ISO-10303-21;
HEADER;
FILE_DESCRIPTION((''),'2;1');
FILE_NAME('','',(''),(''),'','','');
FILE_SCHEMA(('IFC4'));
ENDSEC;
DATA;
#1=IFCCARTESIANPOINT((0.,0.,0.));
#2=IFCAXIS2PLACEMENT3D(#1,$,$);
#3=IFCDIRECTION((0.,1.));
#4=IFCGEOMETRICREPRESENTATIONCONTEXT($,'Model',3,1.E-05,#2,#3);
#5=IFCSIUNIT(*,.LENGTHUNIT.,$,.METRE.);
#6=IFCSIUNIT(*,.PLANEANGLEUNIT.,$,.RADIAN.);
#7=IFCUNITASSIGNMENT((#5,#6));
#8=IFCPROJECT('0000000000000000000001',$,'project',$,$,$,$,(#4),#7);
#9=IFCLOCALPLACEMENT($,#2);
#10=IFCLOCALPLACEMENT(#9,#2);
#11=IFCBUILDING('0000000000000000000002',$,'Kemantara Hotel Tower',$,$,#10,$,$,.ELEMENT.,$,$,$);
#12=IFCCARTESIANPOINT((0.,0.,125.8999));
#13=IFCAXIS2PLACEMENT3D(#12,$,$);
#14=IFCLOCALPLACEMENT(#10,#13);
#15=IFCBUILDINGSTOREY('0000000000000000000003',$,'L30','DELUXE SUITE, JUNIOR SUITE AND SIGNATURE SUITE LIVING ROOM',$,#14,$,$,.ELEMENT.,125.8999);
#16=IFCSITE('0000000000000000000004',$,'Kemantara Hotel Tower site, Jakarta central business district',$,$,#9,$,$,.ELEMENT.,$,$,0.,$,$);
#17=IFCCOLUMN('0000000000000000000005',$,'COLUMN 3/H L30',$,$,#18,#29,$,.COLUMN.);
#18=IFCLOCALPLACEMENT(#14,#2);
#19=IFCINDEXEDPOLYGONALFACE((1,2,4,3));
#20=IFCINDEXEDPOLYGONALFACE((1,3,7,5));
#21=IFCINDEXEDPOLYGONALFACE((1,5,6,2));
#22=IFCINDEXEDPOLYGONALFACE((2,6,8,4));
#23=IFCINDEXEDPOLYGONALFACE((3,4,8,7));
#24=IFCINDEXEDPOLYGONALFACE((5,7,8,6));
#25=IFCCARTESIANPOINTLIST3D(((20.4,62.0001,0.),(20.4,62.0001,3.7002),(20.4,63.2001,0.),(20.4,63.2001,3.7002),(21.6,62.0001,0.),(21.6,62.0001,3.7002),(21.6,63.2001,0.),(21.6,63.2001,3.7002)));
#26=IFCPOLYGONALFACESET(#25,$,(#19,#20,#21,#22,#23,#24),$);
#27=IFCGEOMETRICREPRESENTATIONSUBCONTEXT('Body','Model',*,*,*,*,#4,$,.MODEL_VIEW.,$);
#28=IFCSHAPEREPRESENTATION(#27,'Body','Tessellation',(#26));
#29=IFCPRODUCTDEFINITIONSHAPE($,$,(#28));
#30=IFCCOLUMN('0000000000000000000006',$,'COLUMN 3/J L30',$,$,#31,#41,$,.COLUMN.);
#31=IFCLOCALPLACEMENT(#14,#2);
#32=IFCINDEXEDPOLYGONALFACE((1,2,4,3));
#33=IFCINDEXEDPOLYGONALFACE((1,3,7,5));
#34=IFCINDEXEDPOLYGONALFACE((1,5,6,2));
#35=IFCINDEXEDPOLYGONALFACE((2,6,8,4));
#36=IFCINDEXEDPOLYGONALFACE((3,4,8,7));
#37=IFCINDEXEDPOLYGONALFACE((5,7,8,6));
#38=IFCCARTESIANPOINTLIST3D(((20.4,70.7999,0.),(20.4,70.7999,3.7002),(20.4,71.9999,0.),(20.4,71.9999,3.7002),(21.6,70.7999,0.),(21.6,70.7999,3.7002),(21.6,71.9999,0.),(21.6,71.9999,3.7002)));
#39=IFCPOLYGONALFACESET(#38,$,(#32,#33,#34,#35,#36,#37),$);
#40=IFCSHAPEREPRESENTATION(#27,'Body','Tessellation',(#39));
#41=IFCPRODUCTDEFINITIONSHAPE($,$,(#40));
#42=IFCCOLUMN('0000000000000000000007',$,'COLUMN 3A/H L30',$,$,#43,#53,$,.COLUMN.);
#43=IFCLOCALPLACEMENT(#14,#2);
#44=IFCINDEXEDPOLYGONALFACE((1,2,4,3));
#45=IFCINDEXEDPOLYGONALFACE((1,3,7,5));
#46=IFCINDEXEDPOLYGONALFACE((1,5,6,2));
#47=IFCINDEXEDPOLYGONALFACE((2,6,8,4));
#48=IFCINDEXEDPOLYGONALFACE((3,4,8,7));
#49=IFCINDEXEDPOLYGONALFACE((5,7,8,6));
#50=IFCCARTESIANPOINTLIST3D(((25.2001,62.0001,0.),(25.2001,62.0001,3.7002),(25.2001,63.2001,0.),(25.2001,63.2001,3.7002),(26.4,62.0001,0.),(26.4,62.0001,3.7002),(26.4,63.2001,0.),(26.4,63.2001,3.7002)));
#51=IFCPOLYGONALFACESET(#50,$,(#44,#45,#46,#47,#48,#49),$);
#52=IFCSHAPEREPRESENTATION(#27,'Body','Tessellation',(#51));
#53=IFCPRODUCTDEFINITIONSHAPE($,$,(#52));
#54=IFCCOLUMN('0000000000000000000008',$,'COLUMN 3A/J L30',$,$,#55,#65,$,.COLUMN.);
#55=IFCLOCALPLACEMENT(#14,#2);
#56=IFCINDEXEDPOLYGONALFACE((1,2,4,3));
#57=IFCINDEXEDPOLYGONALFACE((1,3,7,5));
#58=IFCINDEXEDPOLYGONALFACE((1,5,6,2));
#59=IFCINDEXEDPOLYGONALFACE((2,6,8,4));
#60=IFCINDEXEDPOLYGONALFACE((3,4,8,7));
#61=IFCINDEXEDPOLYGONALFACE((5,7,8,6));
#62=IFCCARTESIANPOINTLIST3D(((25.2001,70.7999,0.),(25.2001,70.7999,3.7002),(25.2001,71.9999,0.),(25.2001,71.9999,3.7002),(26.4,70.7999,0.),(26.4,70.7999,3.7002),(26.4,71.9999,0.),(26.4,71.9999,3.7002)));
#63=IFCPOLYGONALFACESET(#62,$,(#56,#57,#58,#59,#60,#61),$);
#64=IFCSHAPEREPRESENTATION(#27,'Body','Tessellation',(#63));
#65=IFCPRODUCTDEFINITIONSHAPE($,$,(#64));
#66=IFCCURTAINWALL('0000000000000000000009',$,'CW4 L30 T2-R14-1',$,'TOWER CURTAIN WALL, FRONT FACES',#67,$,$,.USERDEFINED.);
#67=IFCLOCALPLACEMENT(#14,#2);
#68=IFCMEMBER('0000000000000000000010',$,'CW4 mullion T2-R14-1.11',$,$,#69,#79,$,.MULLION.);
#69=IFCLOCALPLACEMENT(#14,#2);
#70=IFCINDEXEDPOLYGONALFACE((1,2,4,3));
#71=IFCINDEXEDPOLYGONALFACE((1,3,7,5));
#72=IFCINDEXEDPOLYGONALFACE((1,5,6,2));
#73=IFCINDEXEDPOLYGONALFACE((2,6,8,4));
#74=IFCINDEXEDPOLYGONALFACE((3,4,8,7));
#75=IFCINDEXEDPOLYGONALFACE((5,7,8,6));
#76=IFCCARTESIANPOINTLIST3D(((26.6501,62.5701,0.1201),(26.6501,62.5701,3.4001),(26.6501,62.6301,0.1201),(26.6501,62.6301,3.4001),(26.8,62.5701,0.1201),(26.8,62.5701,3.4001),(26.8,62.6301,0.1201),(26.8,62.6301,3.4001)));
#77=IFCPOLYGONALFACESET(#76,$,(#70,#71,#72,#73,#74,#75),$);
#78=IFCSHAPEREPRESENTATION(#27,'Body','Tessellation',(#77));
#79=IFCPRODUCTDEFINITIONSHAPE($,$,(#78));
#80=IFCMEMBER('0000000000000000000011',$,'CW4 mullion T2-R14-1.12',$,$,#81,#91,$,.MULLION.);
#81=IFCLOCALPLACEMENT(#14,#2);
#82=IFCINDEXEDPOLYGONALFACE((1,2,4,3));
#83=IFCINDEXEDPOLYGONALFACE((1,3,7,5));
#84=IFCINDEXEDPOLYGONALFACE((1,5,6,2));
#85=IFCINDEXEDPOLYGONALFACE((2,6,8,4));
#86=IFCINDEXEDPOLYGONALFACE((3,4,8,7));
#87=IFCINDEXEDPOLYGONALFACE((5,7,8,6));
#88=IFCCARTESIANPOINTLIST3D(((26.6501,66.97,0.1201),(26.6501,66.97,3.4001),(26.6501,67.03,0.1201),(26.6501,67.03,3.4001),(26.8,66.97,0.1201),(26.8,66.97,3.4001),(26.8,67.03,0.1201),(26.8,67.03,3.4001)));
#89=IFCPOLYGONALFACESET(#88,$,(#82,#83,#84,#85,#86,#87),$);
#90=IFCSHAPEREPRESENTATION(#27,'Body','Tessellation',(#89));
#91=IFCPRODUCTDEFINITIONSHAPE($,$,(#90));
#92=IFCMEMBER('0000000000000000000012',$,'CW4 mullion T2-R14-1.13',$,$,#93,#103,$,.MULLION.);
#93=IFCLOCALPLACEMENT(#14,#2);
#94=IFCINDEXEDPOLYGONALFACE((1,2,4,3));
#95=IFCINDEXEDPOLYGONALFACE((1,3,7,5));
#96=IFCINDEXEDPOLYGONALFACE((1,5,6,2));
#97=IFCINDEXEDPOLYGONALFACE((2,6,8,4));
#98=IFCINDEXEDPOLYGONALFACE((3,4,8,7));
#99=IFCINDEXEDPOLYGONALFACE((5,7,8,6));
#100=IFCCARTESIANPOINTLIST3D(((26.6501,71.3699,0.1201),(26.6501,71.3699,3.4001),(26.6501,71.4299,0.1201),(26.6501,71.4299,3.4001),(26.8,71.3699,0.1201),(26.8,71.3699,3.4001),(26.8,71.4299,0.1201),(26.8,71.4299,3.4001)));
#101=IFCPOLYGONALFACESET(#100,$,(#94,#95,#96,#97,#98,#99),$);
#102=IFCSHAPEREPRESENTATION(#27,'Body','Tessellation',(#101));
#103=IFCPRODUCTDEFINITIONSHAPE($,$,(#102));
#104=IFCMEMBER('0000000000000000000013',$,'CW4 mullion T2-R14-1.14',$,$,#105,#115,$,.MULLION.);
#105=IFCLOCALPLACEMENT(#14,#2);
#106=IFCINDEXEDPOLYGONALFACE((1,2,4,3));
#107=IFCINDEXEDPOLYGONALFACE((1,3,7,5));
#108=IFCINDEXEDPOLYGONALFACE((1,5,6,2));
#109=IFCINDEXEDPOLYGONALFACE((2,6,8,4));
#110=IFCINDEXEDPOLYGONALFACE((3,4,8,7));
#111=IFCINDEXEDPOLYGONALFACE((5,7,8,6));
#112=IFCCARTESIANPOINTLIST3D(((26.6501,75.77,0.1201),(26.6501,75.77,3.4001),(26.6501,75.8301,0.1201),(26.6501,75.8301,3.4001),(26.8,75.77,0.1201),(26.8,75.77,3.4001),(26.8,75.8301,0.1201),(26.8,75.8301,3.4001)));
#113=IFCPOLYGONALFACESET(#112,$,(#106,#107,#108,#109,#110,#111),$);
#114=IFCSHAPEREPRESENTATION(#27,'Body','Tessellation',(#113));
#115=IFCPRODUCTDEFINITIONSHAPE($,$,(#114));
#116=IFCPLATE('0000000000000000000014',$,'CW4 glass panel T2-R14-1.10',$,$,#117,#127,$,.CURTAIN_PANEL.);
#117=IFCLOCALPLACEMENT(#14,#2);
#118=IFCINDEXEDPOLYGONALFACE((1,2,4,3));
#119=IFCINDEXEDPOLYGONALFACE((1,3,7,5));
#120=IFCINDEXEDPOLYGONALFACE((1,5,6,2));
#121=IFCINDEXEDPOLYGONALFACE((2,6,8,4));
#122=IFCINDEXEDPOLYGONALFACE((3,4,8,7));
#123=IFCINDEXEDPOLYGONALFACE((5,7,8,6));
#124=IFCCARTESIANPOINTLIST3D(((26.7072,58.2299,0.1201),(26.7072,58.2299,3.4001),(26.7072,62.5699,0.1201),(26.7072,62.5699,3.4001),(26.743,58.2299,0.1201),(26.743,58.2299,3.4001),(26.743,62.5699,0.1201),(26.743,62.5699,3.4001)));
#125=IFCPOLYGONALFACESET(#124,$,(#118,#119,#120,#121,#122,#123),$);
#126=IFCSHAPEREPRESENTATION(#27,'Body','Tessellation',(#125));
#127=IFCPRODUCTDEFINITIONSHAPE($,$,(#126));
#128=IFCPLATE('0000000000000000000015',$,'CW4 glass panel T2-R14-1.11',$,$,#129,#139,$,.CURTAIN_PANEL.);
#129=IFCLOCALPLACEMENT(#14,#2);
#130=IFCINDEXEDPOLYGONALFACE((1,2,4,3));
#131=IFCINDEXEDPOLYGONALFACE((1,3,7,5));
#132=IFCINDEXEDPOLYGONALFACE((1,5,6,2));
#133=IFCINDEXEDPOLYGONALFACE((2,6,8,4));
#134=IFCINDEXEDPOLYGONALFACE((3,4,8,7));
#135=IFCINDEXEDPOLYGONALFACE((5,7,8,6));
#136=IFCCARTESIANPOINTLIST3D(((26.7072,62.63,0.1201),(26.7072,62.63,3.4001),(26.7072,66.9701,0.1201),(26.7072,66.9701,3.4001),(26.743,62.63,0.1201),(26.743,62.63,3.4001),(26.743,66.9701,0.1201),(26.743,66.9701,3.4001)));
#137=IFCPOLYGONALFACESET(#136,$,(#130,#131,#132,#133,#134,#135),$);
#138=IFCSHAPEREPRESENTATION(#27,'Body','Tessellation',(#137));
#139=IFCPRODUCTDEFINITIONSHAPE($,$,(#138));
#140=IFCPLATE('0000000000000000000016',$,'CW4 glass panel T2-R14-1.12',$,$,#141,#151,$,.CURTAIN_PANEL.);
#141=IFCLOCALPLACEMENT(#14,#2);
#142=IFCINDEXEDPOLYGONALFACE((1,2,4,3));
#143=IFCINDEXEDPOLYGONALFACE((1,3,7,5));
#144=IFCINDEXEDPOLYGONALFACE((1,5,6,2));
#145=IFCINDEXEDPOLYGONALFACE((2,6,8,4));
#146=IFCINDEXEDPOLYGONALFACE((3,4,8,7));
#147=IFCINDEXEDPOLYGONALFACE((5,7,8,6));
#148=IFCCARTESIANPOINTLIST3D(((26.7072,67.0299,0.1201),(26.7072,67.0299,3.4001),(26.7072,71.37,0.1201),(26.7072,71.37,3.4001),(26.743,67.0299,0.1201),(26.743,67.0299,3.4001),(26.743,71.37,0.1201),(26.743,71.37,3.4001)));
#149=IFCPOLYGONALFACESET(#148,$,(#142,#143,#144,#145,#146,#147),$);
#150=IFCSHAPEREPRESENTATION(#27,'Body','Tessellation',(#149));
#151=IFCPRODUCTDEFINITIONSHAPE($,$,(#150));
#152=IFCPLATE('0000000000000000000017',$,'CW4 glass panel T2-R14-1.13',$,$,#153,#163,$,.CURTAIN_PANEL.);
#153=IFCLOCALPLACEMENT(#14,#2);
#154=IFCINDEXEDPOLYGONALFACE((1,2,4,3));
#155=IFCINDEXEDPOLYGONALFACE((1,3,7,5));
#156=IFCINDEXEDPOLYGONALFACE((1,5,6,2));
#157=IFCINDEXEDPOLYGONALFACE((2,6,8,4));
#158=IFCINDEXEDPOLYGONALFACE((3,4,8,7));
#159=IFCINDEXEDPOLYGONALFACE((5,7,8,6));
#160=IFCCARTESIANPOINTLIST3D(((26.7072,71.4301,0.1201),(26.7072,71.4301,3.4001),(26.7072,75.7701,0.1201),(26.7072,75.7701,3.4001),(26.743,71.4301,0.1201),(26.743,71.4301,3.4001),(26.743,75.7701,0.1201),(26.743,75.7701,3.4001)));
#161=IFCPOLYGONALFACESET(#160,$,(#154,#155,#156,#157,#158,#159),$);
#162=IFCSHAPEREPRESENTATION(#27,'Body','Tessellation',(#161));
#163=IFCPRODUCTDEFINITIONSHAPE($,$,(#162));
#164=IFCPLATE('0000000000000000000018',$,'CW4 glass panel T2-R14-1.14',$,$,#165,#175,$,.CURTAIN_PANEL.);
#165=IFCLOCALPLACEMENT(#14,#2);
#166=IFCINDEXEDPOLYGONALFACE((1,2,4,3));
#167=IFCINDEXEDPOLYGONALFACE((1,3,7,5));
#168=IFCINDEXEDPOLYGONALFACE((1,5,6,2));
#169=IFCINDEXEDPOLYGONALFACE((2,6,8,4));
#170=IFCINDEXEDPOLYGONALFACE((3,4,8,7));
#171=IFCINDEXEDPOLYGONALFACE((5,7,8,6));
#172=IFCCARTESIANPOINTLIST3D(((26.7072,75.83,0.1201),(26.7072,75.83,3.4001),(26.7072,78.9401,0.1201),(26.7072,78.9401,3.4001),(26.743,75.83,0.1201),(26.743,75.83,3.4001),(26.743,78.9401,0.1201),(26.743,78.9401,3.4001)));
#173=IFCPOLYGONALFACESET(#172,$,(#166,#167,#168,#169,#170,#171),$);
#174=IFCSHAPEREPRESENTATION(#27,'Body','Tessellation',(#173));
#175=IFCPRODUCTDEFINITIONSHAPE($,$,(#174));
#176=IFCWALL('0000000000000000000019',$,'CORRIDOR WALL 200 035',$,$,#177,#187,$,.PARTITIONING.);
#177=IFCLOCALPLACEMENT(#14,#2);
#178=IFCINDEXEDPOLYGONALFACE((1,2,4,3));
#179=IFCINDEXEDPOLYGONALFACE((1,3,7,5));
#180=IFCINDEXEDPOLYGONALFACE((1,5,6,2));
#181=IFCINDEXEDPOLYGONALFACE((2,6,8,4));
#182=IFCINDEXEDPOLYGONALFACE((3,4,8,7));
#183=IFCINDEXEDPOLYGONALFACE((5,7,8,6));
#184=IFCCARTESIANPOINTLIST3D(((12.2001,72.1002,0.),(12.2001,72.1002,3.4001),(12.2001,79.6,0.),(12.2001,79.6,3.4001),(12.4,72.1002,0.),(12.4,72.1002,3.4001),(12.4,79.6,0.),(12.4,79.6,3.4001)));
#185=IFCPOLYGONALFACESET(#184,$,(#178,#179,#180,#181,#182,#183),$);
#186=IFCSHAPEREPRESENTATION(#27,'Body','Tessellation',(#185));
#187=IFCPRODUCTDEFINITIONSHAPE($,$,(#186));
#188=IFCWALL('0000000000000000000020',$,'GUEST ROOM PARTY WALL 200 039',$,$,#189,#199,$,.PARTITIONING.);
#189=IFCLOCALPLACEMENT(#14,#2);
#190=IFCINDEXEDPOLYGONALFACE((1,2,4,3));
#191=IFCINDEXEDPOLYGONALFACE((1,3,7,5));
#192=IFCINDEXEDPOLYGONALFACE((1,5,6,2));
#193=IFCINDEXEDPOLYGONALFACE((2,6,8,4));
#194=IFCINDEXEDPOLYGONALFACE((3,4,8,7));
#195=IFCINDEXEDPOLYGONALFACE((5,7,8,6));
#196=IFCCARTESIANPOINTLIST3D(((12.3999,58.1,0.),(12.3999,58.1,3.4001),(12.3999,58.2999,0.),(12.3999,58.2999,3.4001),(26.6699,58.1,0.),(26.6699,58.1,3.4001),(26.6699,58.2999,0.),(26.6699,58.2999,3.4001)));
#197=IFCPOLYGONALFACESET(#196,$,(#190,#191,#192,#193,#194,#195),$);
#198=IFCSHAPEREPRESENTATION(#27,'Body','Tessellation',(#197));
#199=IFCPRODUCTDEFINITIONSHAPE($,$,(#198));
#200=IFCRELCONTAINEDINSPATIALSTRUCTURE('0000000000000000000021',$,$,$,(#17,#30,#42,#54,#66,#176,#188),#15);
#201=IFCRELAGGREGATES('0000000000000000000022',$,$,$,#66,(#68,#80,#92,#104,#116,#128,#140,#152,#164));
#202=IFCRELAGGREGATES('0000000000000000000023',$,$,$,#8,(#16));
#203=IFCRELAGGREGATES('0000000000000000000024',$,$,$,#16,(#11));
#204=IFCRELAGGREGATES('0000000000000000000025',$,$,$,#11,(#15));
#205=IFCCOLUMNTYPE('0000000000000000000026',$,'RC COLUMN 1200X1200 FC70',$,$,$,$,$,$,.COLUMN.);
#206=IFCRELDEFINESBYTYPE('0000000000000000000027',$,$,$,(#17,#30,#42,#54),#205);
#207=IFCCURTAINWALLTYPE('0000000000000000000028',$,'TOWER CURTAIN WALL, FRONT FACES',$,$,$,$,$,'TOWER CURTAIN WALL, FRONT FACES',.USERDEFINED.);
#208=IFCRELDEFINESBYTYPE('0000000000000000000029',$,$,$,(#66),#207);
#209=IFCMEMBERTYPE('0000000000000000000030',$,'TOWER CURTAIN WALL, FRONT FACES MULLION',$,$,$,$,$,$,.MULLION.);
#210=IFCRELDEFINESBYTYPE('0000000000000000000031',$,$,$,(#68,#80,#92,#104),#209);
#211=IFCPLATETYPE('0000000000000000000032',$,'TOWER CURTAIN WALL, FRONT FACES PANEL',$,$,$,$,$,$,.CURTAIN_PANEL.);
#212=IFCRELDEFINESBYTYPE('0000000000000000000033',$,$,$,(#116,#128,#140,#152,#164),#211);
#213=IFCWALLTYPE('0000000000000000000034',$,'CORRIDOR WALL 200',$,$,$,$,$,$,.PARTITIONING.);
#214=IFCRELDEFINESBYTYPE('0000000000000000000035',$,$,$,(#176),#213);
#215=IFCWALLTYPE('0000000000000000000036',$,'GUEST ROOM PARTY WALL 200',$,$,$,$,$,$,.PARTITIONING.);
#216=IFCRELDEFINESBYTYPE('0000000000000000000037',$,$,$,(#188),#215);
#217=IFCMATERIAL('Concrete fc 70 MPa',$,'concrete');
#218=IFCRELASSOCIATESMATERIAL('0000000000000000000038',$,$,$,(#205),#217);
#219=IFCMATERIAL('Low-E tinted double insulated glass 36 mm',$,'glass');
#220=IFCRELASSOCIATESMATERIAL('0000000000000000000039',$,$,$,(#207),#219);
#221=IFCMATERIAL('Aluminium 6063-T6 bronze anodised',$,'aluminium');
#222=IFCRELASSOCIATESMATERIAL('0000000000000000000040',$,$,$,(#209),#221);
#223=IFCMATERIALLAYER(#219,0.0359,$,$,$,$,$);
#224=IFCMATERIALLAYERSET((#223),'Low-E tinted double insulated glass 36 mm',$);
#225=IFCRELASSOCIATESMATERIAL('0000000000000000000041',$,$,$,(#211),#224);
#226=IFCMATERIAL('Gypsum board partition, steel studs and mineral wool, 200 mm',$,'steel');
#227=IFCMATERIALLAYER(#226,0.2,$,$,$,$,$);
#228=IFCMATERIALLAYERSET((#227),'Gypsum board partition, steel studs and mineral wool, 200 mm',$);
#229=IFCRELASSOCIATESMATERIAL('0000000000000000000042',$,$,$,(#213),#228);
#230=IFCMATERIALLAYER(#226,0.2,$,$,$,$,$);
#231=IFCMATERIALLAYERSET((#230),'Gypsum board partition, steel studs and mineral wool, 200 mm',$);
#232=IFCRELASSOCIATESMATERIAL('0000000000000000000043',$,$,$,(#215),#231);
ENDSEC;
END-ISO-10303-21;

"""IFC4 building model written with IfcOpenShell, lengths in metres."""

from ifc_helpers import new_model, si_unit, direction, frame, frame_2d, origin, origin_2d, place, context, subcontext, project, spatial, rectangle, extrude, source, transform, mapped, material, layer, layer_set, material_profile, profile_set, type_object, element, aggregate, save


model = new_model("IFC4")

# Units and contexts
model_context = context("Model", 3, precision=1e-05, world=origin(), true_north=direction((0.0, 1.0)))
body_context = subcontext(model_context, "Body", "Model", "MODEL_VIEW")
ifc_project = project(units=[si_unit("LENGTHUNIT", "METRE"), si_unit("PLANEANGLEUNIT", "RADIAN")], contexts=[model_context])

# Site, building, storey
site_placement = place(None, origin())
site = spatial("IfcSite", under=ifc_project, at=site_placement, Name="Kemantara Hotel Tower site, Jakarta central business district", CompositionType="ELEMENT", RefElevation=0.0)
building_placement = place(site_placement, origin())
building = spatial("IfcBuilding", under=site, at=building_placement, Name="Kemantara Hotel Tower", CompositionType="ELEMENT")
storey_placement = place(building_placement, frame((0.0, 0.0, 125.8999)))
storey = spatial("IfcBuildingStorey", under=building, at=storey_placement, Name="L30", Description="DELUXE SUITE, JUNIOR SUITE AND SIGNATURE SUITE LIVING ROOM", CompositionType="ELEMENT", Elevation=125.8999)

# Columns
ifc_material_1 = material(Name="Concrete fc 70 MPa", Category="concrete")
ifc_material_profile_1 = material_profile(ifc_material_1, rectangle(XDim=1.2, YDim=1.2, at=origin_2d()), Name="RC 1200X1200")
ifc_profile_set_1 = profile_set([ifc_material_profile_1], Name="Concrete fc 70 MPa")
column_type = type_object("IfcColumnType", Name="RC COLUMN 1200X1200 FC70", PredefinedType="COLUMN", material=ifc_profile_set_1)
for number, where, z_axis, x_axis, name in (
    (1, (21.0, 62.6001, 0.0), (0.0, 0.0, 1.0), (1.0, 0.0, 0.0), "COLUMN 3/H L30"),
    (2, (21.0, 71.3999, 0.0), (0.0, 0.0, 1.0), (1.0, 0.0, 0.0), "COLUMN 3/J L30"),
    (3, (25.8, 62.6001, 0.0), (0.0, 0.0, 1.0), (1.0, 0.0, 0.0), "COLUMN 3A/H L30"),
    (4, (25.8, 71.3999, 0.0), (0.0, 0.0, 1.0), (1.0, 0.0, 0.0), "COLUMN 3A/J L30"),
):
    element("IfcColumn", number, at=place(storey_placement, frame(where, z_axis=z_axis, x_axis=x_axis)), inside=storey, type_object=column_type, Name=name, PredefinedType="COLUMN", context=body_context, shape_type="SweptSolid", body=[
        extrude(rectangle(XDim=1.2, YDim=1.2, at=origin_2d()), origin(), (0.0, 0.0, 1.0), 3.7002),
    ])

# Curtain wall, members, plates
ifc_material_2 = material(Name="Low-E tinted double insulated glass 36 mm", Category="glass")
curtain_wall_type = type_object("IfcCurtainWallType", Name="TOWER CURTAIN WALL, FRONT FACES", ElementType="TOWER CURTAIN WALL, FRONT FACES", PredefinedType="USERDEFINED", material=ifc_material_2)
curtain_wall_placement = place(storey_placement, origin())
curtain_wall = element("IfcCurtainWall", 5, at=curtain_wall_placement, inside=storey, type_object=curtain_wall_type, Name="CW4 L30 T2-R14-1", ObjectType="TOWER CURTAIN WALL, FRONT FACES", PredefinedType="USERDEFINED")
ifc_material_3 = material(Name="Aluminium 6063-T6 bronze anodised", Category="aluminium")
ifc_material_profile_2 = material_profile(ifc_material_3, rectangle(XDim=0.1499, YDim=0.0601, at=origin_2d()), Name="TOWER CURTAIN WALL, FRONT FACES MULLION")
ifc_profile_set_2 = profile_set([ifc_material_profile_2], Name="Aluminium 6063-T6 bronze anodised")
member_type = type_object("IfcMemberType", Name="TOWER CURTAIN WALL, FRONT FACES MULLION", PredefinedType="MULLION", material=ifc_profile_set_2)
shared_shape_1 = source(origin(), body_context, "Body", "SweptSolid", [
    extrude(rectangle(XDim=0.1499, YDim=0.0601, at=origin_2d()), origin(), (0.0, 0.0, 1.0), 3.28),
])
member_1_placement = place(storey_placement, frame((26.7251, 62.6001, 0.1201), z_axis=(0.0, 0.0, 1.0), x_axis=(-1.0, 0.0, 0.0)))
member_1 = element("IfcMember", 6, at=member_1_placement, type_object=member_type, Name="CW4 mullion T2-R14-1.11", PredefinedType="MULLION", context=body_context, shape_type="MappedRepresentation", body=[
    mapped(shared_shape_1, transform((0.0, 0.0, 0.0))),
])
member_2_placement = place(storey_placement, frame((26.7251, 67.0, 0.1201), z_axis=(0.0, 0.0, 1.0), x_axis=(-1.0, 0.0, 0.0)))
member_2 = element("IfcMember", 7, at=member_2_placement, type_object=member_type, Name="CW4 mullion T2-R14-1.12", PredefinedType="MULLION", context=body_context, shape_type="MappedRepresentation", body=[
    mapped(shared_shape_1, transform((0.0, 0.0, 0.0))),
])
member_3_placement = place(storey_placement, frame((26.7251, 71.3999, 0.1201), z_axis=(0.0, 0.0, 1.0), x_axis=(-1.0, 0.0, 0.0)))
member_3 = element("IfcMember", 8, at=member_3_placement, type_object=member_type, Name="CW4 mullion T2-R14-1.13", PredefinedType="MULLION", context=body_context, shape_type="MappedRepresentation", body=[
    mapped(shared_shape_1, transform((0.0, 0.0, 0.0))),
])
member_4_placement = place(storey_placement, frame((26.7251, 75.8, 0.1201), z_axis=(0.0, 0.0, 1.0), x_axis=(-1.0, 0.0, 0.0)))
member_4 = element("IfcMember", 9, at=member_4_placement, type_object=member_type, Name="CW4 mullion T2-R14-1.14", PredefinedType="MULLION", context=body_context, shape_type="MappedRepresentation", body=[
    mapped(shared_shape_1, transform((0.0, 0.0, 0.0))),
])
ifc_layer_1 = layer(ifc_material_2, 0.0359)
ifc_layer_set_1 = layer_set([ifc_layer_1], Name="Low-E tinted double insulated glass 36 mm")
plate_type = type_object("IfcPlateType", Name="TOWER CURTAIN WALL, FRONT FACES PANEL", PredefinedType="CURTAIN_PANEL", material=ifc_layer_set_1)
shared_shape_2 = source(origin(), body_context, "Body", "SweptSolid", [
    extrude(rectangle(XDim=4.3401, YDim=0.0359, at=origin_2d()), origin(), (0.0, 0.0, 1.0), 3.28),
])
plate_1_placement = place(storey_placement, frame((26.7251, 60.3999, 0.1201), z_axis=(0.0, 0.0, 1.0), x_axis=(0.0, 1.0, 0.0)))
plate_1 = element("IfcPlate", 10, at=plate_1_placement, type_object=plate_type, Name="CW4 glass panel T2-R14-1.10", PredefinedType="CURTAIN_PANEL", context=body_context, shape_type="MappedRepresentation", body=[
    mapped(shared_shape_2, transform((0.0, 0.0, 0.0))),
])
plate_2_placement = place(storey_placement, frame((26.7251, 64.8, 0.1201), z_axis=(0.0, 0.0, 1.0), x_axis=(0.0, 1.0, 0.0)))
plate_2 = element("IfcPlate", 11, at=plate_2_placement, type_object=plate_type, Name="CW4 glass panel T2-R14-1.11", PredefinedType="CURTAIN_PANEL", context=body_context, shape_type="MappedRepresentation", body=[
    mapped(shared_shape_2, transform((0.0, 0.0, 0.0))),
])
plate_3_placement = place(storey_placement, frame((26.7251, 69.2, 0.1201), z_axis=(0.0, 0.0, 1.0), x_axis=(0.0, 1.0, 0.0)))
plate_3 = element("IfcPlate", 12, at=plate_3_placement, type_object=plate_type, Name="CW4 glass panel T2-R14-1.12", PredefinedType="CURTAIN_PANEL", context=body_context, shape_type="MappedRepresentation", body=[
    mapped(shared_shape_2, transform((0.0, 0.0, 0.0))),
])
plate_4_placement = place(storey_placement, frame((26.7251, 73.6001, 0.1201), z_axis=(0.0, 0.0, 1.0), x_axis=(0.0, 1.0, 0.0)))
plate_4 = element("IfcPlate", 13, at=plate_4_placement, type_object=plate_type, Name="CW4 glass panel T2-R14-1.13", PredefinedType="CURTAIN_PANEL", context=body_context, shape_type="MappedRepresentation", body=[
    mapped(shared_shape_2, transform((0.0, 0.0, 0.0))),
])
shared_shape_3 = source(origin(), body_context, "Body", "SweptSolid", [
    extrude(rectangle(XDim=3.1101, YDim=0.0359, at=origin_2d()), origin(), (0.0, 0.0, 1.0), 3.28),
])
plate_5_placement = place(storey_placement, frame((26.7251, 77.385, 0.1201), z_axis=(0.0, 0.0, 1.0), x_axis=(0.0, 1.0, 0.0)))
plate_5 = element("IfcPlate", 14, at=plate_5_placement, type_object=plate_type, Name="CW4 glass panel T2-R14-1.14", PredefinedType="CURTAIN_PANEL", context=body_context, shape_type="MappedRepresentation", body=[
    mapped(shared_shape_3, transform((0.0, 0.0, 0.0))),
])
aggregate(curtain_wall, [member_1, member_2, member_3, member_4, plate_1, plate_2, plate_3, plate_4, plate_5])

# Walls
ifc_material_4 = material(Name="Gypsum board partition, steel studs and mineral wool, 200 mm", Category="steel")
ifc_layer_2 = layer(ifc_material_4, 0.2)
ifc_layer_set_2 = layer_set([ifc_layer_2], Name="Gypsum board partition, steel studs and mineral wool, 200 mm")
wall_type_1 = type_object("IfcWallType", Name="CORRIDOR WALL 200", PredefinedType="PARTITIONING", material=ifc_layer_set_2)
wall_1_placement = place(storey_placement, frame((12.3, 72.1001, 0.0), z_axis=(0.0, 0.0, 1.0), x_axis=(0.0, 1.0, 0.0)))
element("IfcWall", 15, at=wall_1_placement, inside=storey, type_object=wall_type_1, Name="CORRIDOR WALL 200 035", PredefinedType="PARTITIONING", context=body_context, shape_type="SweptSolid", body=[
    extrude(rectangle(XDim=7.4998, YDim=0.2, at=frame_2d((3.75, 0.0))), origin(), (0.0, 0.0, 1.0), 3.4001),
])
ifc_layer_3 = layer(ifc_material_4, 0.2)
ifc_layer_set_3 = layer_set([ifc_layer_3], Name="Gypsum board partition, steel studs and mineral wool, 200 mm")
wall_type_2 = type_object("IfcWallType", Name="GUEST ROOM PARTY WALL 200", PredefinedType="PARTITIONING", material=ifc_layer_set_3)
for number, where, z_axis, x_axis, name in (
    (16, (12.3999, 58.2, 0.0), (0.0, 0.0, 1.0), (1.0, 0.0, 0.0), "GUEST ROOM PARTY WALL 200 039"),
):
    element("IfcWall", number, at=place(storey_placement, frame(where, z_axis=z_axis, x_axis=x_axis)), inside=storey, type_object=wall_type_2, Name=name, PredefinedType="PARTITIONING", context=body_context, shape_type="SweptSolid", body=[
        extrude(rectangle(XDim=14.27, YDim=0.2, at=frame_2d((7.135, 0.0))), origin(), (0.0, 0.0, 1.0), 3.4001),
    ])

save(model, "model.ifc")
